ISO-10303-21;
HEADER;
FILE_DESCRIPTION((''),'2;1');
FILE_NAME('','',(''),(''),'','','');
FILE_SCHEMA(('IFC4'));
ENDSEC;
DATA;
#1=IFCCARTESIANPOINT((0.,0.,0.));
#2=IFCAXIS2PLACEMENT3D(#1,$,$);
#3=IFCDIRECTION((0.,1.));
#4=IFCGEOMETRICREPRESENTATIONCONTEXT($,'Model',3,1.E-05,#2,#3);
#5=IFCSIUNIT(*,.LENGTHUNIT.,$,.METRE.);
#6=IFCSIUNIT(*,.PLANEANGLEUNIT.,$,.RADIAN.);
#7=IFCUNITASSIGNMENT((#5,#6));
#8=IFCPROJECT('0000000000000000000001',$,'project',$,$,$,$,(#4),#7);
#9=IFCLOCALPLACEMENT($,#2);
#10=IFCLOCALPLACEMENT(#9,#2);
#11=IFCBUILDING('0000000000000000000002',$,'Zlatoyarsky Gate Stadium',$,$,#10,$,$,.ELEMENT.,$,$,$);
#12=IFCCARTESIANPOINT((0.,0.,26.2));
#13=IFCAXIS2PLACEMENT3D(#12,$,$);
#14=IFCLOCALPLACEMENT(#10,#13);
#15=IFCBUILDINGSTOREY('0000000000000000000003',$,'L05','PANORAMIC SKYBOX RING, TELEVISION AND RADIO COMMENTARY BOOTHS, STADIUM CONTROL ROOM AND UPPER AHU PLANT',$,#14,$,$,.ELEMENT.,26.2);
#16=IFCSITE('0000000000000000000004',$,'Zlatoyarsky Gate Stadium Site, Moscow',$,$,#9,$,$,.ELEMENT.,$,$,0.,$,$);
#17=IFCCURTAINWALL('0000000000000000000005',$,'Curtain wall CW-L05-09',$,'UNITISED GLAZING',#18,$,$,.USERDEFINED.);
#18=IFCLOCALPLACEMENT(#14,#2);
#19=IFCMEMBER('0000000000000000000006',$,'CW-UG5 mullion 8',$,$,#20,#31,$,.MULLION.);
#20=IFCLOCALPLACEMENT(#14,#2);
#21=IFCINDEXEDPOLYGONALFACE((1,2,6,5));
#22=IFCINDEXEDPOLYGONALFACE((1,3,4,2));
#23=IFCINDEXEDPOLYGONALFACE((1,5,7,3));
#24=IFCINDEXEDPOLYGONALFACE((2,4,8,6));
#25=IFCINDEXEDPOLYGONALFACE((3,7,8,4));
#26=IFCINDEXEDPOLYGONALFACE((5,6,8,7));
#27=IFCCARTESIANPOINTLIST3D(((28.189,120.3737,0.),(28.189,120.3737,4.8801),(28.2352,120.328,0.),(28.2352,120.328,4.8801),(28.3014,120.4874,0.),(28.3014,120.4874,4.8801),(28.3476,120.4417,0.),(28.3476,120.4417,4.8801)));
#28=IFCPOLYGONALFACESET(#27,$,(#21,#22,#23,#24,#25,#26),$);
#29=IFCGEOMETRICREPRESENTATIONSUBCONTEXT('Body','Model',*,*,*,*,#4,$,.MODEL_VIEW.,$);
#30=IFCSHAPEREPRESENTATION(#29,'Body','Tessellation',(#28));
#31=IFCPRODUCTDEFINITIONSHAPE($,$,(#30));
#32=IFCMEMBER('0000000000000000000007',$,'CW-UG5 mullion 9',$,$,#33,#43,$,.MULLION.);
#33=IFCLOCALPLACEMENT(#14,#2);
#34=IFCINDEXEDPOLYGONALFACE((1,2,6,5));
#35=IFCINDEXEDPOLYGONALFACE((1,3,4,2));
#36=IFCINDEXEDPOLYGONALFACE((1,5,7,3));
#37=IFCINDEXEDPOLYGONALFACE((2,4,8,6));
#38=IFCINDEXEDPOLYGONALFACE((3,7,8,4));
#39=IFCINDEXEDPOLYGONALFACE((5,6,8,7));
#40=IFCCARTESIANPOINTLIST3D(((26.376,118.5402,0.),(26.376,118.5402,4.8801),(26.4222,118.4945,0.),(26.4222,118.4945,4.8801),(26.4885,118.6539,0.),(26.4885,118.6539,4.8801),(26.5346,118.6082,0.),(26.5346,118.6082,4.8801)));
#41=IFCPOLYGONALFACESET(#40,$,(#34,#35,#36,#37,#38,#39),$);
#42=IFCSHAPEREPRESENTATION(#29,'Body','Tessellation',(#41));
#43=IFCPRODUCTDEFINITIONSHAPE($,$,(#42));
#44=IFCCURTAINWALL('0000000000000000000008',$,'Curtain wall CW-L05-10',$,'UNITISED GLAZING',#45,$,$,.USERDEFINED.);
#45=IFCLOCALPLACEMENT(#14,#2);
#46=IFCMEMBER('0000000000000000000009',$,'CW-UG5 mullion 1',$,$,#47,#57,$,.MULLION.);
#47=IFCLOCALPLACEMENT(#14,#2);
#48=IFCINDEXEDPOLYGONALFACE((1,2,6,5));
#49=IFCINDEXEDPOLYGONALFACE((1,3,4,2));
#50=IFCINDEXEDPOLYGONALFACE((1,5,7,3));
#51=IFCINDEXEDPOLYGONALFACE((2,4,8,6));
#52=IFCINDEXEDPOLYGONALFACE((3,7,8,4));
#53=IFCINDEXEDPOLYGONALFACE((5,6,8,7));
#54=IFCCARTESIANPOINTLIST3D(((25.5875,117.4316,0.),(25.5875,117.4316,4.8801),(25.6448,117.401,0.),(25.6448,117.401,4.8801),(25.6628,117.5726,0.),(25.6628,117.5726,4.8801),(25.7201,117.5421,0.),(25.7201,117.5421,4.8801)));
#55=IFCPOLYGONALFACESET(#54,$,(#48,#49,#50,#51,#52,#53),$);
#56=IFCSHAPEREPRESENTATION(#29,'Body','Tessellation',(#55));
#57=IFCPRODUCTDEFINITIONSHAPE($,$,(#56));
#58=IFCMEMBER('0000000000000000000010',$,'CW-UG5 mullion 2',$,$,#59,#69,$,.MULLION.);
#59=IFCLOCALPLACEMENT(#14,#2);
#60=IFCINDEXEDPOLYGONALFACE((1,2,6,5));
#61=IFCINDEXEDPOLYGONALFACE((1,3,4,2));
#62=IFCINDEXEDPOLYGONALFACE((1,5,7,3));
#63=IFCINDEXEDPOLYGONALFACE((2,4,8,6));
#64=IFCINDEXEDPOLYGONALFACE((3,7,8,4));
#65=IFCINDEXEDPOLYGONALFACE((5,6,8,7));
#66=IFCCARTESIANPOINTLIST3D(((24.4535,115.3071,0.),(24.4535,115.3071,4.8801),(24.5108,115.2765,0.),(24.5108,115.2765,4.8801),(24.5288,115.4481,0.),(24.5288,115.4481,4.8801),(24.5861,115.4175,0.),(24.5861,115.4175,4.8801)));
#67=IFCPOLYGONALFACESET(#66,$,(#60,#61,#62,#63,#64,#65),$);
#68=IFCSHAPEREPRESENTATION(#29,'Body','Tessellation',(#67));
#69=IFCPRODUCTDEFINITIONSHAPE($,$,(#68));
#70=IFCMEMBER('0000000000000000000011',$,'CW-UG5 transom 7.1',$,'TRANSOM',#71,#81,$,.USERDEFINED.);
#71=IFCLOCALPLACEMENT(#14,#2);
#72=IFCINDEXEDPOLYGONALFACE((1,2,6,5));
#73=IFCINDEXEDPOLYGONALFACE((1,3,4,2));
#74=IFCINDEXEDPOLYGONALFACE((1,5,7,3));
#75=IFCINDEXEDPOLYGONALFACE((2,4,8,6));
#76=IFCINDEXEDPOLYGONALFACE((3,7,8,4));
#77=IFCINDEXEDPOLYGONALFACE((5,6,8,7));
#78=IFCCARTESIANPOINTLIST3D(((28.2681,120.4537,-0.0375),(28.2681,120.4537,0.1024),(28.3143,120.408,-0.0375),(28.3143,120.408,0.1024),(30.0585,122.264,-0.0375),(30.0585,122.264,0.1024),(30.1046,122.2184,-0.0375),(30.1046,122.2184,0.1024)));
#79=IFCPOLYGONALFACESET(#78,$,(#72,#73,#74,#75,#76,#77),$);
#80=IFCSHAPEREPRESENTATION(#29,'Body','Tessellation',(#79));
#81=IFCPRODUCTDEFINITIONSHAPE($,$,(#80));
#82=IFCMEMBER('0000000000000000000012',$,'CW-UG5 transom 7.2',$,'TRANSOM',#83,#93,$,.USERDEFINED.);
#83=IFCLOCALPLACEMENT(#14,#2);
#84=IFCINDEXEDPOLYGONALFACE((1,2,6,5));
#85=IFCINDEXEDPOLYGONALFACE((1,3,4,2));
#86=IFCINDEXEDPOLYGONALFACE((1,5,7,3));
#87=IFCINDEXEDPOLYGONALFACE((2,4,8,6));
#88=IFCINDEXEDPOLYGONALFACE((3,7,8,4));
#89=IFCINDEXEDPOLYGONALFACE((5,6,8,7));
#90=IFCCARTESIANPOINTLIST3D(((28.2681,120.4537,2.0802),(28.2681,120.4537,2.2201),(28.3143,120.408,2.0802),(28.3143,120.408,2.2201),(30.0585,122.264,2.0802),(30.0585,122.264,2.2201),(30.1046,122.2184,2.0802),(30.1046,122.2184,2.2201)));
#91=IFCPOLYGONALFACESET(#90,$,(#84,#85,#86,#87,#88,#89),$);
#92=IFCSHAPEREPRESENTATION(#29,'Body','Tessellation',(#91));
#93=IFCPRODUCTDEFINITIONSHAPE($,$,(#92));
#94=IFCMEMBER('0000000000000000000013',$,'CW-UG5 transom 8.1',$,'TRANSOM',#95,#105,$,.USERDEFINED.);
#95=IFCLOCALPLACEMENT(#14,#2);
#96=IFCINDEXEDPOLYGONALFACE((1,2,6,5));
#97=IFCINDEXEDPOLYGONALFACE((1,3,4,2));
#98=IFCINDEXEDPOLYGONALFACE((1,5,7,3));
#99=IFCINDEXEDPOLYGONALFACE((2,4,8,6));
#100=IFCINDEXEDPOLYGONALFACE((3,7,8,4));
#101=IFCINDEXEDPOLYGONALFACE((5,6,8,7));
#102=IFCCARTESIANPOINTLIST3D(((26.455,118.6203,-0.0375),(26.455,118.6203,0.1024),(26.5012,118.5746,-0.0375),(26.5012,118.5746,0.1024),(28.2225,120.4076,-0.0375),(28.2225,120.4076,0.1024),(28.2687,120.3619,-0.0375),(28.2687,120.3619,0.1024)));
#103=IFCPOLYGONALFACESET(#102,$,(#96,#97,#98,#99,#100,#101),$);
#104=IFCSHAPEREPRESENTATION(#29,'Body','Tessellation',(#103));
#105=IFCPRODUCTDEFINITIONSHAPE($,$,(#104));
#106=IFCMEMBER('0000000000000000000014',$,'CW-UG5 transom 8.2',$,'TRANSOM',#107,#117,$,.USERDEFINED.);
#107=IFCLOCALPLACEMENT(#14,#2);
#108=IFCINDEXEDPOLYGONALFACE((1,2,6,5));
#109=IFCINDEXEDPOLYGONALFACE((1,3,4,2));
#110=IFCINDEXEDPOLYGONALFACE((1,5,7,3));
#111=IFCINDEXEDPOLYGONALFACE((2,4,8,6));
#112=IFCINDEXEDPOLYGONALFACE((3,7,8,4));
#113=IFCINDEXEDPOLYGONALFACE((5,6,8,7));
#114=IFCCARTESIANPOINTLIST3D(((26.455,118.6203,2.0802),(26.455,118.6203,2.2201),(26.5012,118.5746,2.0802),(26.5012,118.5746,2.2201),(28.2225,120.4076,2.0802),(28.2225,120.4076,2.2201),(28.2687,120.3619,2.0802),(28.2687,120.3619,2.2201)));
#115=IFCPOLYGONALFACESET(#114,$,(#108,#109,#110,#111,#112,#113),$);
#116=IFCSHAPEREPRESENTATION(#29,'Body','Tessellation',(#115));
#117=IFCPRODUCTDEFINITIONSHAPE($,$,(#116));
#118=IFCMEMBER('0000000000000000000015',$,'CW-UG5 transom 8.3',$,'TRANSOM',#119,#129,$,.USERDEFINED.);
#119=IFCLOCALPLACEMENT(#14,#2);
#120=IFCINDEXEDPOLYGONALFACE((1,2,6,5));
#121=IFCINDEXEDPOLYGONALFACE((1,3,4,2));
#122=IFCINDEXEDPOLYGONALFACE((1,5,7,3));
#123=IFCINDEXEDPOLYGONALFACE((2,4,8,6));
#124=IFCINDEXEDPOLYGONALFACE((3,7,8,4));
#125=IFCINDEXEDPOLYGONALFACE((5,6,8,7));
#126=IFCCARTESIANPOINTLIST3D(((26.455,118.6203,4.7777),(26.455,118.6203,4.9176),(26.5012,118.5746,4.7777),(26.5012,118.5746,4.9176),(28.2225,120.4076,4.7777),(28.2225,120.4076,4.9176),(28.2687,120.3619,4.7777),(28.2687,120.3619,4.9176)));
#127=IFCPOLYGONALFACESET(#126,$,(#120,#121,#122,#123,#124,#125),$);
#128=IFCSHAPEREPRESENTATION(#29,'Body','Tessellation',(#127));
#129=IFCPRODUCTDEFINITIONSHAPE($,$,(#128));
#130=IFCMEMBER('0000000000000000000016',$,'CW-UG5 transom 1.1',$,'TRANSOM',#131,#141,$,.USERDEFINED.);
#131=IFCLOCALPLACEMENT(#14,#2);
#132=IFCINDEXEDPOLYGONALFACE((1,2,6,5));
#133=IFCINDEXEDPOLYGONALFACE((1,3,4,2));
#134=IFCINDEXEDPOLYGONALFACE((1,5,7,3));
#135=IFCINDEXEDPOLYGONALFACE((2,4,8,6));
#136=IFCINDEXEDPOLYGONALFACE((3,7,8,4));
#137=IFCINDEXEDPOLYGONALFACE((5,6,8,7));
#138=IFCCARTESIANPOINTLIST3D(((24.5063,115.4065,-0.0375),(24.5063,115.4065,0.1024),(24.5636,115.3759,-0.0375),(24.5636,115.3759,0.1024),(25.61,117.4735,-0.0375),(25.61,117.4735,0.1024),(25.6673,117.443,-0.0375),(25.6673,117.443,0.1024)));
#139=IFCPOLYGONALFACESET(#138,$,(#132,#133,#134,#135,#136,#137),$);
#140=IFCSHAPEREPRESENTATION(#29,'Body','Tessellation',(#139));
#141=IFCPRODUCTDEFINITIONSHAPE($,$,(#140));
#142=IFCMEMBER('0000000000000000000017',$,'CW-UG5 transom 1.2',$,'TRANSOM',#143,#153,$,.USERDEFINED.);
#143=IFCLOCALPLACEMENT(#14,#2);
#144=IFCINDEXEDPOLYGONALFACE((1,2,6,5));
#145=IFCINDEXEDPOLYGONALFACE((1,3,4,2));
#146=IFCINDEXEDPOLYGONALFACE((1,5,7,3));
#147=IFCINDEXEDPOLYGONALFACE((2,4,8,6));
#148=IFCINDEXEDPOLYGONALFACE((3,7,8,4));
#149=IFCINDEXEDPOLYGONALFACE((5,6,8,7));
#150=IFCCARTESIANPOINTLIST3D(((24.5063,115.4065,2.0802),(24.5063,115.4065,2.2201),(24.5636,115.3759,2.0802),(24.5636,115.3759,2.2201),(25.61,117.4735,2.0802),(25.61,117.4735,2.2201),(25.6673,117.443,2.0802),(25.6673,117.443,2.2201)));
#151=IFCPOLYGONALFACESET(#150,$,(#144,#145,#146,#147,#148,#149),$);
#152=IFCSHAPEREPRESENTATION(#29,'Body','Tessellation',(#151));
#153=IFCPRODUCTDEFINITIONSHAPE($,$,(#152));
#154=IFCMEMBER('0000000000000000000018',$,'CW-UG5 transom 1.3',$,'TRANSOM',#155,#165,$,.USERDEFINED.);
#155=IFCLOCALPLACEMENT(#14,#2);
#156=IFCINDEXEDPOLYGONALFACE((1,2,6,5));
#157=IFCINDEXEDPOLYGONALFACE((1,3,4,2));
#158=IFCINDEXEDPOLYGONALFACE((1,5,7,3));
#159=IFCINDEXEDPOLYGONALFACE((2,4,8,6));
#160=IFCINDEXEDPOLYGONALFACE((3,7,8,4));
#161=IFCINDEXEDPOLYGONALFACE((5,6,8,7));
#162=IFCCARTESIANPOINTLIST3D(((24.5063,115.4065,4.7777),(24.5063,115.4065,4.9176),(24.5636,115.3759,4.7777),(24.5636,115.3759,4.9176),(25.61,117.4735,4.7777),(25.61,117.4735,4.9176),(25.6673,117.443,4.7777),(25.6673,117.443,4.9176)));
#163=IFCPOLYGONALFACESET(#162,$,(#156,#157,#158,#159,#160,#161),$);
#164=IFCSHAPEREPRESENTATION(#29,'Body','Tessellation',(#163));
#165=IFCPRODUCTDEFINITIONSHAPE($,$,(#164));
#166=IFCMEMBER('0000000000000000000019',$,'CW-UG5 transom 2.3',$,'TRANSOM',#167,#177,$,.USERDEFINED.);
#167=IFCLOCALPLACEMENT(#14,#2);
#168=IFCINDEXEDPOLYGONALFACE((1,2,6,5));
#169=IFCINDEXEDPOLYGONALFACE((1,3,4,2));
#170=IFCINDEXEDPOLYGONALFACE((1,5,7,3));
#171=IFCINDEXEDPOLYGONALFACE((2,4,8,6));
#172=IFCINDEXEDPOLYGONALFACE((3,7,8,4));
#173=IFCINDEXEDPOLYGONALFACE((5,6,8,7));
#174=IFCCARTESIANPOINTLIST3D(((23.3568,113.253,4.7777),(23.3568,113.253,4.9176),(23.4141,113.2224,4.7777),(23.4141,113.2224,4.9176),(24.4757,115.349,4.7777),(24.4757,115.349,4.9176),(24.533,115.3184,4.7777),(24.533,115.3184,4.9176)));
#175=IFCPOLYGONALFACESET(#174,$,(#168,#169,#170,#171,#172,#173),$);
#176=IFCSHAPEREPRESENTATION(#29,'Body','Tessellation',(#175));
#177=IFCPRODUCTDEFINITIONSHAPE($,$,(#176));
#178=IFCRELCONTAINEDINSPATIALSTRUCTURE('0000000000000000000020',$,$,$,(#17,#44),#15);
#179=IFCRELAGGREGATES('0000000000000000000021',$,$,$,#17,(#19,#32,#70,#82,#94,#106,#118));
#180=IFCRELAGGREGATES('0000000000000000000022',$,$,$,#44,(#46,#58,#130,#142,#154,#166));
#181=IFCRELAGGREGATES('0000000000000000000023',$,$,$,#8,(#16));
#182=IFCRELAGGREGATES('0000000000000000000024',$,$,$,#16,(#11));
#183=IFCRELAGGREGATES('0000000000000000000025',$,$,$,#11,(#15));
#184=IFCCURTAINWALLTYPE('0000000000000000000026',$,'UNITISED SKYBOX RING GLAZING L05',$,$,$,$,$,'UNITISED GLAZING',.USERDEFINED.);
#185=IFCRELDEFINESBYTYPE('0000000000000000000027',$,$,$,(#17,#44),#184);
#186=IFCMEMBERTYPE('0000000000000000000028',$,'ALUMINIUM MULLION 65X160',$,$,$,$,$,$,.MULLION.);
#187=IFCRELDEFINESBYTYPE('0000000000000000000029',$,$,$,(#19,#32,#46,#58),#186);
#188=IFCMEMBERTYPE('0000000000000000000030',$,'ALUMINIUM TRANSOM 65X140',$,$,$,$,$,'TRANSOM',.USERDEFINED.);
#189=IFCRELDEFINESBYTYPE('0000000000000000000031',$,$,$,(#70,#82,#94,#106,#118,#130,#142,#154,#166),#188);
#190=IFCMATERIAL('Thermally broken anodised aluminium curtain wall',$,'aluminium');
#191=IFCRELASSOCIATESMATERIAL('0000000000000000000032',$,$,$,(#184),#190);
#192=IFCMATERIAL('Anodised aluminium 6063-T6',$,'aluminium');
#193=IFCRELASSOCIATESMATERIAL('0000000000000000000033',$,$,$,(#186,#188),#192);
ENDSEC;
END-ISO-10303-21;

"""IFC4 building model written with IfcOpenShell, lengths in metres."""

from ifc_helpers import new_model, si_unit, direction, frame, origin, origin_2d, place, context, subcontext, project, spatial, rectangle, extrude, material, material_profile, profile_set, type_object, element, aggregate, save


model = new_model("IFC4")

# Units and contexts
model_context = context("Model", 3, precision=1e-05, world=origin(), true_north=direction((0.0, 1.0)))
body_context = subcontext(model_context, "Body", "Model", "MODEL_VIEW")
ifc_project = project(units=[si_unit("LENGTHUNIT", "METRE"), si_unit("PLANEANGLEUNIT", "RADIAN")], contexts=[model_context])

# Site, building, storey
site_placement = place(None, origin())
site = spatial("IfcSite", under=ifc_project, at=site_placement, Name="Zlatoyarsky Gate Stadium Site, Moscow", CompositionType="ELEMENT", RefElevation=0.0)
building_placement = place(site_placement, origin())
building = spatial("IfcBuilding", under=site, at=building_placement, Name="Zlatoyarsky Gate Stadium", CompositionType="ELEMENT")
storey_placement = place(building_placement, frame((0.0, 0.0, 26.2)))
storey = spatial("IfcBuildingStorey", under=building, at=storey_placement, Name="L05", Description="PANORAMIC SKYBOX RING, TELEVISION AND RADIO COMMENTARY BOOTHS, STADIUM CONTROL ROOM AND UPPER AHU PLANT", CompositionType="ELEMENT", Elevation=26.2)

# Curtain walls, members
ifc_material_1 = material(Name="Thermally broken anodised aluminium curtain wall", Category="aluminium")
curtain_wall_type = type_object("IfcCurtainWallType", Name="UNITISED SKYBOX RING GLAZING L05", ElementType="UNITISED GLAZING", PredefinedType="USERDEFINED", material=ifc_material_1)
curtain_wall_1_placement = place(storey_placement, origin())
curtain_wall_1 = element("IfcCurtainWall", 1, at=curtain_wall_1_placement, inside=storey, type_object=curtain_wall_type, Name="Curtain wall CW-L05-09", ObjectType="UNITISED GLAZING", PredefinedType="USERDEFINED")
ifc_material_2 = material(Name="Anodised aluminium 6063-T6", Category="aluminium")
ifc_material_profile_1 = material_profile(ifc_material_2, rectangle(XDim=0.0649, YDim=0.1599, at=origin_2d()), Name="ALU 65X160")
ifc_profile_set_1 = profile_set([ifc_material_profile_1], Name="Anodised aluminium 6063-T6")
member_type_1 = type_object("IfcMemberType", Name="ALUMINIUM MULLION 65X160", PredefinedType="MULLION", material=ifc_profile_set_1)
member_1_placement = place(storey_placement, frame((28.2683, 120.4077, 0.0), z_axis=(0.0, 0.0, 1.0), x_axis=(0.711036, -0.703156, 0.0)))
member_1 = element("IfcMember", 2, at=member_1_placement, type_object=member_type_1, Name="CW-UG5 mullion 8", PredefinedType="MULLION", context=body_context, shape_type="SweptSolid", body=[
    extrude(rectangle(XDim=0.0649, YDim=0.1599, at=origin_2d()), origin(), (0.0, 0.0, 1.0), 4.8801),
])
member_2_placement = place(storey_placement, frame((26.4553, 118.5742, 0.0), z_axis=(0.0, 0.0, 1.0), x_axis=(0.711036, -0.703156, 0.0)))
member_2 = element("IfcMember", 3, at=member_2_placement, type_object=member_type_1, Name="CW-UG5 mullion 9", PredefinedType="MULLION", context=body_context, shape_type="SweptSolid", body=[
    extrude(rectangle(XDim=0.0649, YDim=0.1599, at=origin_2d()), origin(), (0.0, 0.0, 1.0), 4.8801),
])
curtain_wall_2_placement = place(storey_placement, origin())
curtain_wall_2 = element("IfcCurtainWall", 4, at=curtain_wall_2_placement, inside=storey, type_object=curtain_wall_type, Name="Curtain wall CW-L05-10", ObjectType="UNITISED GLAZING", PredefinedType="USERDEFINED")
member_3_placement = place(storey_placement, frame((25.6538, 117.4868, 0.0), z_axis=(0.0, 0.0, 1.0), x_axis=(0.882167, -0.470937, 0.0)))
member_3 = element("IfcMember", 5, at=member_3_placement, type_object=member_type_1, Name="CW-UG5 mullion 1", PredefinedType="MULLION", context=body_context, shape_type="SweptSolid", body=[
    extrude(rectangle(XDim=0.0649, YDim=0.1599, at=origin_2d()), origin(), (0.0, 0.0, 1.0), 4.8801),
])
member_4_placement = place(storey_placement, frame((24.5198, 115.3623, 0.0), z_axis=(0.0, 0.0, 1.0), x_axis=(0.882167, -0.470937, 0.0)))
member_4 = element("IfcMember", 6, at=member_4_placement, type_object=member_type_1, Name="CW-UG5 mullion 2", PredefinedType="MULLION", context=body_context, shape_type="SweptSolid", body=[
    extrude(rectangle(XDim=0.0649, YDim=0.1599, at=origin_2d()), origin(), (0.0, 0.0, 1.0), 4.8801),
])

# Members
ifc_material_profile_2 = material_profile(ifc_material_2, rectangle(XDim=0.0649, YDim=0.1399, at=origin_2d()), Name="ALU 65X140")
ifc_profile_set_2 = profile_set([ifc_material_profile_2], Name="Anodised aluminium 6063-T6")
member_type_2 = type_object("IfcMemberType", Name="ALUMINIUM TRANSOM 65X140", ElementType="TRANSOM", PredefinedType="USERDEFINED", material=ifc_profile_set_2)
member_5_placement = place(storey_placement, frame((30.0815, 122.2412, 0.0325), z_axis=(-0.703164, -0.711027, 0.0), x_axis=(0.711027, -0.703164, 0.0)))
member_5 = element("IfcMember", 7, at=member_5_placement, type_object=member_type_2, Name="CW-UG5 transom 7.1", ObjectType="TRANSOM", PredefinedType="USERDEFINED", context=body_context, shape_type="SweptSolid", body=[
    extrude(rectangle(XDim=0.0649, YDim=0.1399, at=origin_2d()), origin(), (0.0, 0.0, 1.0), 2.5461),
])
member_6_placement = place(storey_placement, frame((30.0815, 122.2412, 2.1501), z_axis=(-0.703164, -0.711027, 0.0), x_axis=(0.711027, -0.703164, 0.0)))
member_6 = element("IfcMember", 8, at=member_6_placement, type_object=member_type_2, Name="CW-UG5 transom 7.2", ObjectType="TRANSOM", PredefinedType="USERDEFINED", context=body_context, shape_type="SweptSolid", body=[
    extrude(rectangle(XDim=0.0649, YDim=0.1399, at=origin_2d()), origin(), (0.0, 0.0, 1.0), 2.5461),
])
member_7_placement = place(storey_placement, frame((28.2456, 120.3848, 0.0325), z_axis=(-0.703162, -0.711029, 0.0), x_axis=(0.711029, -0.703162, 0.0)))
member_7 = element("IfcMember", 9, at=member_7_placement, type_object=member_type_2, Name="CW-UG5 transom 8.1", ObjectType="TRANSOM", PredefinedType="USERDEFINED", context=body_context, shape_type="SweptSolid", body=[
    extrude(rectangle(XDim=0.0649, YDim=0.1399, at=origin_2d()), origin(), (0.0, 0.0, 1.0), 2.5137),
])
member_8_placement = place(storey_placement, frame((28.2456, 120.3848, 2.1501), z_axis=(-0.703162, -0.711029, 0.0), x_axis=(0.711029, -0.703162, 0.0)))
member_8 = element("IfcMember", 10, at=member_8_placement, type_object=member_type_2, Name="CW-UG5 transom 8.2", ObjectType="TRANSOM", PredefinedType="USERDEFINED", context=body_context, shape_type="SweptSolid", body=[
    extrude(rectangle(XDim=0.0649, YDim=0.1399, at=origin_2d()), origin(), (0.0, 0.0, 1.0), 2.5137),
])
member_9_placement = place(storey_placement, frame((28.2456, 120.3848, 4.8477), z_axis=(-0.703162, -0.711029, 0.0), x_axis=(0.711029, -0.703162, 0.0)))
member_9 = element("IfcMember", 11, at=member_9_placement, type_object=member_type_2, Name="CW-UG5 transom 8.3", ObjectType="TRANSOM", PredefinedType="USERDEFINED", context=body_context, shape_type="SweptSolid", body=[
    extrude(rectangle(XDim=0.0649, YDim=0.1399, at=origin_2d()), origin(), (0.0, 0.0, 1.0), 2.5137),
])
member_10_placement = place(storey_placement, frame((25.6387, 117.4583, 0.0325), z_axis=(-0.471015, -0.882125, 0.0), x_axis=(0.882125, -0.471015, 0.0)))
member_10 = element("IfcMember", 12, at=member_10_placement, type_object=member_type_2, Name="CW-UG5 transom 1.1", ObjectType="TRANSOM", PredefinedType="USERDEFINED", context=body_context, shape_type="SweptSolid", body=[
    extrude(rectangle(XDim=0.0649, YDim=0.1399, at=origin_2d()), origin(), (0.0, 0.0, 1.0), 2.3433),
])
member_11_placement = place(storey_placement, frame((25.6387, 117.4583, 2.1501), z_axis=(-0.471015, -0.882125, 0.0), x_axis=(0.882125, -0.471015, 0.0)))
member_11 = element("IfcMember", 13, at=member_11_placement, type_object=member_type_2, Name="CW-UG5 transom 1.2", ObjectType="TRANSOM", PredefinedType="USERDEFINED", context=body_context, shape_type="SweptSolid", body=[
    extrude(rectangle(XDim=0.0649, YDim=0.1399, at=origin_2d()), origin(), (0.0, 0.0, 1.0), 2.3433),
])
member_12_placement = place(storey_placement, frame((25.6387, 117.4583, 4.8477), z_axis=(-0.471015, -0.882125, 0.0), x_axis=(0.882125, -0.471015, 0.0)))
member_12 = element("IfcMember", 14, at=member_12_placement, type_object=member_type_2, Name="CW-UG5 transom 1.3", ObjectType="TRANSOM", PredefinedType="USERDEFINED", context=body_context, shape_type="SweptSolid", body=[
    extrude(rectangle(XDim=0.0649, YDim=0.1399, at=origin_2d()), origin(), (0.0, 0.0, 1.0), 2.3433),
])
member_13_placement = place(storey_placement, frame((24.5044, 115.3337, 4.8477), z_axis=(-0.470935, -0.882168, 0.0), x_axis=(0.882168, -0.470935, 0.0)))
member_13 = element("IfcMember", 15, at=member_13_placement, type_object=member_type_2, Name="CW-UG5 transom 2.3", ObjectType="TRANSOM", PredefinedType="USERDEFINED", context=body_context, shape_type="SweptSolid", body=[
    extrude(rectangle(XDim=0.0649, YDim=0.1399, at=origin_2d()), origin(), (0.0, 0.0, 1.0), 2.376),
])

aggregate(curtain_wall_1, [member_1, member_2, member_5, member_6, member_7, member_8, member_9])
aggregate(curtain_wall_2, [member_3, member_4, member_10, member_11, member_12, member_13])

save(model, "model.ifc")
